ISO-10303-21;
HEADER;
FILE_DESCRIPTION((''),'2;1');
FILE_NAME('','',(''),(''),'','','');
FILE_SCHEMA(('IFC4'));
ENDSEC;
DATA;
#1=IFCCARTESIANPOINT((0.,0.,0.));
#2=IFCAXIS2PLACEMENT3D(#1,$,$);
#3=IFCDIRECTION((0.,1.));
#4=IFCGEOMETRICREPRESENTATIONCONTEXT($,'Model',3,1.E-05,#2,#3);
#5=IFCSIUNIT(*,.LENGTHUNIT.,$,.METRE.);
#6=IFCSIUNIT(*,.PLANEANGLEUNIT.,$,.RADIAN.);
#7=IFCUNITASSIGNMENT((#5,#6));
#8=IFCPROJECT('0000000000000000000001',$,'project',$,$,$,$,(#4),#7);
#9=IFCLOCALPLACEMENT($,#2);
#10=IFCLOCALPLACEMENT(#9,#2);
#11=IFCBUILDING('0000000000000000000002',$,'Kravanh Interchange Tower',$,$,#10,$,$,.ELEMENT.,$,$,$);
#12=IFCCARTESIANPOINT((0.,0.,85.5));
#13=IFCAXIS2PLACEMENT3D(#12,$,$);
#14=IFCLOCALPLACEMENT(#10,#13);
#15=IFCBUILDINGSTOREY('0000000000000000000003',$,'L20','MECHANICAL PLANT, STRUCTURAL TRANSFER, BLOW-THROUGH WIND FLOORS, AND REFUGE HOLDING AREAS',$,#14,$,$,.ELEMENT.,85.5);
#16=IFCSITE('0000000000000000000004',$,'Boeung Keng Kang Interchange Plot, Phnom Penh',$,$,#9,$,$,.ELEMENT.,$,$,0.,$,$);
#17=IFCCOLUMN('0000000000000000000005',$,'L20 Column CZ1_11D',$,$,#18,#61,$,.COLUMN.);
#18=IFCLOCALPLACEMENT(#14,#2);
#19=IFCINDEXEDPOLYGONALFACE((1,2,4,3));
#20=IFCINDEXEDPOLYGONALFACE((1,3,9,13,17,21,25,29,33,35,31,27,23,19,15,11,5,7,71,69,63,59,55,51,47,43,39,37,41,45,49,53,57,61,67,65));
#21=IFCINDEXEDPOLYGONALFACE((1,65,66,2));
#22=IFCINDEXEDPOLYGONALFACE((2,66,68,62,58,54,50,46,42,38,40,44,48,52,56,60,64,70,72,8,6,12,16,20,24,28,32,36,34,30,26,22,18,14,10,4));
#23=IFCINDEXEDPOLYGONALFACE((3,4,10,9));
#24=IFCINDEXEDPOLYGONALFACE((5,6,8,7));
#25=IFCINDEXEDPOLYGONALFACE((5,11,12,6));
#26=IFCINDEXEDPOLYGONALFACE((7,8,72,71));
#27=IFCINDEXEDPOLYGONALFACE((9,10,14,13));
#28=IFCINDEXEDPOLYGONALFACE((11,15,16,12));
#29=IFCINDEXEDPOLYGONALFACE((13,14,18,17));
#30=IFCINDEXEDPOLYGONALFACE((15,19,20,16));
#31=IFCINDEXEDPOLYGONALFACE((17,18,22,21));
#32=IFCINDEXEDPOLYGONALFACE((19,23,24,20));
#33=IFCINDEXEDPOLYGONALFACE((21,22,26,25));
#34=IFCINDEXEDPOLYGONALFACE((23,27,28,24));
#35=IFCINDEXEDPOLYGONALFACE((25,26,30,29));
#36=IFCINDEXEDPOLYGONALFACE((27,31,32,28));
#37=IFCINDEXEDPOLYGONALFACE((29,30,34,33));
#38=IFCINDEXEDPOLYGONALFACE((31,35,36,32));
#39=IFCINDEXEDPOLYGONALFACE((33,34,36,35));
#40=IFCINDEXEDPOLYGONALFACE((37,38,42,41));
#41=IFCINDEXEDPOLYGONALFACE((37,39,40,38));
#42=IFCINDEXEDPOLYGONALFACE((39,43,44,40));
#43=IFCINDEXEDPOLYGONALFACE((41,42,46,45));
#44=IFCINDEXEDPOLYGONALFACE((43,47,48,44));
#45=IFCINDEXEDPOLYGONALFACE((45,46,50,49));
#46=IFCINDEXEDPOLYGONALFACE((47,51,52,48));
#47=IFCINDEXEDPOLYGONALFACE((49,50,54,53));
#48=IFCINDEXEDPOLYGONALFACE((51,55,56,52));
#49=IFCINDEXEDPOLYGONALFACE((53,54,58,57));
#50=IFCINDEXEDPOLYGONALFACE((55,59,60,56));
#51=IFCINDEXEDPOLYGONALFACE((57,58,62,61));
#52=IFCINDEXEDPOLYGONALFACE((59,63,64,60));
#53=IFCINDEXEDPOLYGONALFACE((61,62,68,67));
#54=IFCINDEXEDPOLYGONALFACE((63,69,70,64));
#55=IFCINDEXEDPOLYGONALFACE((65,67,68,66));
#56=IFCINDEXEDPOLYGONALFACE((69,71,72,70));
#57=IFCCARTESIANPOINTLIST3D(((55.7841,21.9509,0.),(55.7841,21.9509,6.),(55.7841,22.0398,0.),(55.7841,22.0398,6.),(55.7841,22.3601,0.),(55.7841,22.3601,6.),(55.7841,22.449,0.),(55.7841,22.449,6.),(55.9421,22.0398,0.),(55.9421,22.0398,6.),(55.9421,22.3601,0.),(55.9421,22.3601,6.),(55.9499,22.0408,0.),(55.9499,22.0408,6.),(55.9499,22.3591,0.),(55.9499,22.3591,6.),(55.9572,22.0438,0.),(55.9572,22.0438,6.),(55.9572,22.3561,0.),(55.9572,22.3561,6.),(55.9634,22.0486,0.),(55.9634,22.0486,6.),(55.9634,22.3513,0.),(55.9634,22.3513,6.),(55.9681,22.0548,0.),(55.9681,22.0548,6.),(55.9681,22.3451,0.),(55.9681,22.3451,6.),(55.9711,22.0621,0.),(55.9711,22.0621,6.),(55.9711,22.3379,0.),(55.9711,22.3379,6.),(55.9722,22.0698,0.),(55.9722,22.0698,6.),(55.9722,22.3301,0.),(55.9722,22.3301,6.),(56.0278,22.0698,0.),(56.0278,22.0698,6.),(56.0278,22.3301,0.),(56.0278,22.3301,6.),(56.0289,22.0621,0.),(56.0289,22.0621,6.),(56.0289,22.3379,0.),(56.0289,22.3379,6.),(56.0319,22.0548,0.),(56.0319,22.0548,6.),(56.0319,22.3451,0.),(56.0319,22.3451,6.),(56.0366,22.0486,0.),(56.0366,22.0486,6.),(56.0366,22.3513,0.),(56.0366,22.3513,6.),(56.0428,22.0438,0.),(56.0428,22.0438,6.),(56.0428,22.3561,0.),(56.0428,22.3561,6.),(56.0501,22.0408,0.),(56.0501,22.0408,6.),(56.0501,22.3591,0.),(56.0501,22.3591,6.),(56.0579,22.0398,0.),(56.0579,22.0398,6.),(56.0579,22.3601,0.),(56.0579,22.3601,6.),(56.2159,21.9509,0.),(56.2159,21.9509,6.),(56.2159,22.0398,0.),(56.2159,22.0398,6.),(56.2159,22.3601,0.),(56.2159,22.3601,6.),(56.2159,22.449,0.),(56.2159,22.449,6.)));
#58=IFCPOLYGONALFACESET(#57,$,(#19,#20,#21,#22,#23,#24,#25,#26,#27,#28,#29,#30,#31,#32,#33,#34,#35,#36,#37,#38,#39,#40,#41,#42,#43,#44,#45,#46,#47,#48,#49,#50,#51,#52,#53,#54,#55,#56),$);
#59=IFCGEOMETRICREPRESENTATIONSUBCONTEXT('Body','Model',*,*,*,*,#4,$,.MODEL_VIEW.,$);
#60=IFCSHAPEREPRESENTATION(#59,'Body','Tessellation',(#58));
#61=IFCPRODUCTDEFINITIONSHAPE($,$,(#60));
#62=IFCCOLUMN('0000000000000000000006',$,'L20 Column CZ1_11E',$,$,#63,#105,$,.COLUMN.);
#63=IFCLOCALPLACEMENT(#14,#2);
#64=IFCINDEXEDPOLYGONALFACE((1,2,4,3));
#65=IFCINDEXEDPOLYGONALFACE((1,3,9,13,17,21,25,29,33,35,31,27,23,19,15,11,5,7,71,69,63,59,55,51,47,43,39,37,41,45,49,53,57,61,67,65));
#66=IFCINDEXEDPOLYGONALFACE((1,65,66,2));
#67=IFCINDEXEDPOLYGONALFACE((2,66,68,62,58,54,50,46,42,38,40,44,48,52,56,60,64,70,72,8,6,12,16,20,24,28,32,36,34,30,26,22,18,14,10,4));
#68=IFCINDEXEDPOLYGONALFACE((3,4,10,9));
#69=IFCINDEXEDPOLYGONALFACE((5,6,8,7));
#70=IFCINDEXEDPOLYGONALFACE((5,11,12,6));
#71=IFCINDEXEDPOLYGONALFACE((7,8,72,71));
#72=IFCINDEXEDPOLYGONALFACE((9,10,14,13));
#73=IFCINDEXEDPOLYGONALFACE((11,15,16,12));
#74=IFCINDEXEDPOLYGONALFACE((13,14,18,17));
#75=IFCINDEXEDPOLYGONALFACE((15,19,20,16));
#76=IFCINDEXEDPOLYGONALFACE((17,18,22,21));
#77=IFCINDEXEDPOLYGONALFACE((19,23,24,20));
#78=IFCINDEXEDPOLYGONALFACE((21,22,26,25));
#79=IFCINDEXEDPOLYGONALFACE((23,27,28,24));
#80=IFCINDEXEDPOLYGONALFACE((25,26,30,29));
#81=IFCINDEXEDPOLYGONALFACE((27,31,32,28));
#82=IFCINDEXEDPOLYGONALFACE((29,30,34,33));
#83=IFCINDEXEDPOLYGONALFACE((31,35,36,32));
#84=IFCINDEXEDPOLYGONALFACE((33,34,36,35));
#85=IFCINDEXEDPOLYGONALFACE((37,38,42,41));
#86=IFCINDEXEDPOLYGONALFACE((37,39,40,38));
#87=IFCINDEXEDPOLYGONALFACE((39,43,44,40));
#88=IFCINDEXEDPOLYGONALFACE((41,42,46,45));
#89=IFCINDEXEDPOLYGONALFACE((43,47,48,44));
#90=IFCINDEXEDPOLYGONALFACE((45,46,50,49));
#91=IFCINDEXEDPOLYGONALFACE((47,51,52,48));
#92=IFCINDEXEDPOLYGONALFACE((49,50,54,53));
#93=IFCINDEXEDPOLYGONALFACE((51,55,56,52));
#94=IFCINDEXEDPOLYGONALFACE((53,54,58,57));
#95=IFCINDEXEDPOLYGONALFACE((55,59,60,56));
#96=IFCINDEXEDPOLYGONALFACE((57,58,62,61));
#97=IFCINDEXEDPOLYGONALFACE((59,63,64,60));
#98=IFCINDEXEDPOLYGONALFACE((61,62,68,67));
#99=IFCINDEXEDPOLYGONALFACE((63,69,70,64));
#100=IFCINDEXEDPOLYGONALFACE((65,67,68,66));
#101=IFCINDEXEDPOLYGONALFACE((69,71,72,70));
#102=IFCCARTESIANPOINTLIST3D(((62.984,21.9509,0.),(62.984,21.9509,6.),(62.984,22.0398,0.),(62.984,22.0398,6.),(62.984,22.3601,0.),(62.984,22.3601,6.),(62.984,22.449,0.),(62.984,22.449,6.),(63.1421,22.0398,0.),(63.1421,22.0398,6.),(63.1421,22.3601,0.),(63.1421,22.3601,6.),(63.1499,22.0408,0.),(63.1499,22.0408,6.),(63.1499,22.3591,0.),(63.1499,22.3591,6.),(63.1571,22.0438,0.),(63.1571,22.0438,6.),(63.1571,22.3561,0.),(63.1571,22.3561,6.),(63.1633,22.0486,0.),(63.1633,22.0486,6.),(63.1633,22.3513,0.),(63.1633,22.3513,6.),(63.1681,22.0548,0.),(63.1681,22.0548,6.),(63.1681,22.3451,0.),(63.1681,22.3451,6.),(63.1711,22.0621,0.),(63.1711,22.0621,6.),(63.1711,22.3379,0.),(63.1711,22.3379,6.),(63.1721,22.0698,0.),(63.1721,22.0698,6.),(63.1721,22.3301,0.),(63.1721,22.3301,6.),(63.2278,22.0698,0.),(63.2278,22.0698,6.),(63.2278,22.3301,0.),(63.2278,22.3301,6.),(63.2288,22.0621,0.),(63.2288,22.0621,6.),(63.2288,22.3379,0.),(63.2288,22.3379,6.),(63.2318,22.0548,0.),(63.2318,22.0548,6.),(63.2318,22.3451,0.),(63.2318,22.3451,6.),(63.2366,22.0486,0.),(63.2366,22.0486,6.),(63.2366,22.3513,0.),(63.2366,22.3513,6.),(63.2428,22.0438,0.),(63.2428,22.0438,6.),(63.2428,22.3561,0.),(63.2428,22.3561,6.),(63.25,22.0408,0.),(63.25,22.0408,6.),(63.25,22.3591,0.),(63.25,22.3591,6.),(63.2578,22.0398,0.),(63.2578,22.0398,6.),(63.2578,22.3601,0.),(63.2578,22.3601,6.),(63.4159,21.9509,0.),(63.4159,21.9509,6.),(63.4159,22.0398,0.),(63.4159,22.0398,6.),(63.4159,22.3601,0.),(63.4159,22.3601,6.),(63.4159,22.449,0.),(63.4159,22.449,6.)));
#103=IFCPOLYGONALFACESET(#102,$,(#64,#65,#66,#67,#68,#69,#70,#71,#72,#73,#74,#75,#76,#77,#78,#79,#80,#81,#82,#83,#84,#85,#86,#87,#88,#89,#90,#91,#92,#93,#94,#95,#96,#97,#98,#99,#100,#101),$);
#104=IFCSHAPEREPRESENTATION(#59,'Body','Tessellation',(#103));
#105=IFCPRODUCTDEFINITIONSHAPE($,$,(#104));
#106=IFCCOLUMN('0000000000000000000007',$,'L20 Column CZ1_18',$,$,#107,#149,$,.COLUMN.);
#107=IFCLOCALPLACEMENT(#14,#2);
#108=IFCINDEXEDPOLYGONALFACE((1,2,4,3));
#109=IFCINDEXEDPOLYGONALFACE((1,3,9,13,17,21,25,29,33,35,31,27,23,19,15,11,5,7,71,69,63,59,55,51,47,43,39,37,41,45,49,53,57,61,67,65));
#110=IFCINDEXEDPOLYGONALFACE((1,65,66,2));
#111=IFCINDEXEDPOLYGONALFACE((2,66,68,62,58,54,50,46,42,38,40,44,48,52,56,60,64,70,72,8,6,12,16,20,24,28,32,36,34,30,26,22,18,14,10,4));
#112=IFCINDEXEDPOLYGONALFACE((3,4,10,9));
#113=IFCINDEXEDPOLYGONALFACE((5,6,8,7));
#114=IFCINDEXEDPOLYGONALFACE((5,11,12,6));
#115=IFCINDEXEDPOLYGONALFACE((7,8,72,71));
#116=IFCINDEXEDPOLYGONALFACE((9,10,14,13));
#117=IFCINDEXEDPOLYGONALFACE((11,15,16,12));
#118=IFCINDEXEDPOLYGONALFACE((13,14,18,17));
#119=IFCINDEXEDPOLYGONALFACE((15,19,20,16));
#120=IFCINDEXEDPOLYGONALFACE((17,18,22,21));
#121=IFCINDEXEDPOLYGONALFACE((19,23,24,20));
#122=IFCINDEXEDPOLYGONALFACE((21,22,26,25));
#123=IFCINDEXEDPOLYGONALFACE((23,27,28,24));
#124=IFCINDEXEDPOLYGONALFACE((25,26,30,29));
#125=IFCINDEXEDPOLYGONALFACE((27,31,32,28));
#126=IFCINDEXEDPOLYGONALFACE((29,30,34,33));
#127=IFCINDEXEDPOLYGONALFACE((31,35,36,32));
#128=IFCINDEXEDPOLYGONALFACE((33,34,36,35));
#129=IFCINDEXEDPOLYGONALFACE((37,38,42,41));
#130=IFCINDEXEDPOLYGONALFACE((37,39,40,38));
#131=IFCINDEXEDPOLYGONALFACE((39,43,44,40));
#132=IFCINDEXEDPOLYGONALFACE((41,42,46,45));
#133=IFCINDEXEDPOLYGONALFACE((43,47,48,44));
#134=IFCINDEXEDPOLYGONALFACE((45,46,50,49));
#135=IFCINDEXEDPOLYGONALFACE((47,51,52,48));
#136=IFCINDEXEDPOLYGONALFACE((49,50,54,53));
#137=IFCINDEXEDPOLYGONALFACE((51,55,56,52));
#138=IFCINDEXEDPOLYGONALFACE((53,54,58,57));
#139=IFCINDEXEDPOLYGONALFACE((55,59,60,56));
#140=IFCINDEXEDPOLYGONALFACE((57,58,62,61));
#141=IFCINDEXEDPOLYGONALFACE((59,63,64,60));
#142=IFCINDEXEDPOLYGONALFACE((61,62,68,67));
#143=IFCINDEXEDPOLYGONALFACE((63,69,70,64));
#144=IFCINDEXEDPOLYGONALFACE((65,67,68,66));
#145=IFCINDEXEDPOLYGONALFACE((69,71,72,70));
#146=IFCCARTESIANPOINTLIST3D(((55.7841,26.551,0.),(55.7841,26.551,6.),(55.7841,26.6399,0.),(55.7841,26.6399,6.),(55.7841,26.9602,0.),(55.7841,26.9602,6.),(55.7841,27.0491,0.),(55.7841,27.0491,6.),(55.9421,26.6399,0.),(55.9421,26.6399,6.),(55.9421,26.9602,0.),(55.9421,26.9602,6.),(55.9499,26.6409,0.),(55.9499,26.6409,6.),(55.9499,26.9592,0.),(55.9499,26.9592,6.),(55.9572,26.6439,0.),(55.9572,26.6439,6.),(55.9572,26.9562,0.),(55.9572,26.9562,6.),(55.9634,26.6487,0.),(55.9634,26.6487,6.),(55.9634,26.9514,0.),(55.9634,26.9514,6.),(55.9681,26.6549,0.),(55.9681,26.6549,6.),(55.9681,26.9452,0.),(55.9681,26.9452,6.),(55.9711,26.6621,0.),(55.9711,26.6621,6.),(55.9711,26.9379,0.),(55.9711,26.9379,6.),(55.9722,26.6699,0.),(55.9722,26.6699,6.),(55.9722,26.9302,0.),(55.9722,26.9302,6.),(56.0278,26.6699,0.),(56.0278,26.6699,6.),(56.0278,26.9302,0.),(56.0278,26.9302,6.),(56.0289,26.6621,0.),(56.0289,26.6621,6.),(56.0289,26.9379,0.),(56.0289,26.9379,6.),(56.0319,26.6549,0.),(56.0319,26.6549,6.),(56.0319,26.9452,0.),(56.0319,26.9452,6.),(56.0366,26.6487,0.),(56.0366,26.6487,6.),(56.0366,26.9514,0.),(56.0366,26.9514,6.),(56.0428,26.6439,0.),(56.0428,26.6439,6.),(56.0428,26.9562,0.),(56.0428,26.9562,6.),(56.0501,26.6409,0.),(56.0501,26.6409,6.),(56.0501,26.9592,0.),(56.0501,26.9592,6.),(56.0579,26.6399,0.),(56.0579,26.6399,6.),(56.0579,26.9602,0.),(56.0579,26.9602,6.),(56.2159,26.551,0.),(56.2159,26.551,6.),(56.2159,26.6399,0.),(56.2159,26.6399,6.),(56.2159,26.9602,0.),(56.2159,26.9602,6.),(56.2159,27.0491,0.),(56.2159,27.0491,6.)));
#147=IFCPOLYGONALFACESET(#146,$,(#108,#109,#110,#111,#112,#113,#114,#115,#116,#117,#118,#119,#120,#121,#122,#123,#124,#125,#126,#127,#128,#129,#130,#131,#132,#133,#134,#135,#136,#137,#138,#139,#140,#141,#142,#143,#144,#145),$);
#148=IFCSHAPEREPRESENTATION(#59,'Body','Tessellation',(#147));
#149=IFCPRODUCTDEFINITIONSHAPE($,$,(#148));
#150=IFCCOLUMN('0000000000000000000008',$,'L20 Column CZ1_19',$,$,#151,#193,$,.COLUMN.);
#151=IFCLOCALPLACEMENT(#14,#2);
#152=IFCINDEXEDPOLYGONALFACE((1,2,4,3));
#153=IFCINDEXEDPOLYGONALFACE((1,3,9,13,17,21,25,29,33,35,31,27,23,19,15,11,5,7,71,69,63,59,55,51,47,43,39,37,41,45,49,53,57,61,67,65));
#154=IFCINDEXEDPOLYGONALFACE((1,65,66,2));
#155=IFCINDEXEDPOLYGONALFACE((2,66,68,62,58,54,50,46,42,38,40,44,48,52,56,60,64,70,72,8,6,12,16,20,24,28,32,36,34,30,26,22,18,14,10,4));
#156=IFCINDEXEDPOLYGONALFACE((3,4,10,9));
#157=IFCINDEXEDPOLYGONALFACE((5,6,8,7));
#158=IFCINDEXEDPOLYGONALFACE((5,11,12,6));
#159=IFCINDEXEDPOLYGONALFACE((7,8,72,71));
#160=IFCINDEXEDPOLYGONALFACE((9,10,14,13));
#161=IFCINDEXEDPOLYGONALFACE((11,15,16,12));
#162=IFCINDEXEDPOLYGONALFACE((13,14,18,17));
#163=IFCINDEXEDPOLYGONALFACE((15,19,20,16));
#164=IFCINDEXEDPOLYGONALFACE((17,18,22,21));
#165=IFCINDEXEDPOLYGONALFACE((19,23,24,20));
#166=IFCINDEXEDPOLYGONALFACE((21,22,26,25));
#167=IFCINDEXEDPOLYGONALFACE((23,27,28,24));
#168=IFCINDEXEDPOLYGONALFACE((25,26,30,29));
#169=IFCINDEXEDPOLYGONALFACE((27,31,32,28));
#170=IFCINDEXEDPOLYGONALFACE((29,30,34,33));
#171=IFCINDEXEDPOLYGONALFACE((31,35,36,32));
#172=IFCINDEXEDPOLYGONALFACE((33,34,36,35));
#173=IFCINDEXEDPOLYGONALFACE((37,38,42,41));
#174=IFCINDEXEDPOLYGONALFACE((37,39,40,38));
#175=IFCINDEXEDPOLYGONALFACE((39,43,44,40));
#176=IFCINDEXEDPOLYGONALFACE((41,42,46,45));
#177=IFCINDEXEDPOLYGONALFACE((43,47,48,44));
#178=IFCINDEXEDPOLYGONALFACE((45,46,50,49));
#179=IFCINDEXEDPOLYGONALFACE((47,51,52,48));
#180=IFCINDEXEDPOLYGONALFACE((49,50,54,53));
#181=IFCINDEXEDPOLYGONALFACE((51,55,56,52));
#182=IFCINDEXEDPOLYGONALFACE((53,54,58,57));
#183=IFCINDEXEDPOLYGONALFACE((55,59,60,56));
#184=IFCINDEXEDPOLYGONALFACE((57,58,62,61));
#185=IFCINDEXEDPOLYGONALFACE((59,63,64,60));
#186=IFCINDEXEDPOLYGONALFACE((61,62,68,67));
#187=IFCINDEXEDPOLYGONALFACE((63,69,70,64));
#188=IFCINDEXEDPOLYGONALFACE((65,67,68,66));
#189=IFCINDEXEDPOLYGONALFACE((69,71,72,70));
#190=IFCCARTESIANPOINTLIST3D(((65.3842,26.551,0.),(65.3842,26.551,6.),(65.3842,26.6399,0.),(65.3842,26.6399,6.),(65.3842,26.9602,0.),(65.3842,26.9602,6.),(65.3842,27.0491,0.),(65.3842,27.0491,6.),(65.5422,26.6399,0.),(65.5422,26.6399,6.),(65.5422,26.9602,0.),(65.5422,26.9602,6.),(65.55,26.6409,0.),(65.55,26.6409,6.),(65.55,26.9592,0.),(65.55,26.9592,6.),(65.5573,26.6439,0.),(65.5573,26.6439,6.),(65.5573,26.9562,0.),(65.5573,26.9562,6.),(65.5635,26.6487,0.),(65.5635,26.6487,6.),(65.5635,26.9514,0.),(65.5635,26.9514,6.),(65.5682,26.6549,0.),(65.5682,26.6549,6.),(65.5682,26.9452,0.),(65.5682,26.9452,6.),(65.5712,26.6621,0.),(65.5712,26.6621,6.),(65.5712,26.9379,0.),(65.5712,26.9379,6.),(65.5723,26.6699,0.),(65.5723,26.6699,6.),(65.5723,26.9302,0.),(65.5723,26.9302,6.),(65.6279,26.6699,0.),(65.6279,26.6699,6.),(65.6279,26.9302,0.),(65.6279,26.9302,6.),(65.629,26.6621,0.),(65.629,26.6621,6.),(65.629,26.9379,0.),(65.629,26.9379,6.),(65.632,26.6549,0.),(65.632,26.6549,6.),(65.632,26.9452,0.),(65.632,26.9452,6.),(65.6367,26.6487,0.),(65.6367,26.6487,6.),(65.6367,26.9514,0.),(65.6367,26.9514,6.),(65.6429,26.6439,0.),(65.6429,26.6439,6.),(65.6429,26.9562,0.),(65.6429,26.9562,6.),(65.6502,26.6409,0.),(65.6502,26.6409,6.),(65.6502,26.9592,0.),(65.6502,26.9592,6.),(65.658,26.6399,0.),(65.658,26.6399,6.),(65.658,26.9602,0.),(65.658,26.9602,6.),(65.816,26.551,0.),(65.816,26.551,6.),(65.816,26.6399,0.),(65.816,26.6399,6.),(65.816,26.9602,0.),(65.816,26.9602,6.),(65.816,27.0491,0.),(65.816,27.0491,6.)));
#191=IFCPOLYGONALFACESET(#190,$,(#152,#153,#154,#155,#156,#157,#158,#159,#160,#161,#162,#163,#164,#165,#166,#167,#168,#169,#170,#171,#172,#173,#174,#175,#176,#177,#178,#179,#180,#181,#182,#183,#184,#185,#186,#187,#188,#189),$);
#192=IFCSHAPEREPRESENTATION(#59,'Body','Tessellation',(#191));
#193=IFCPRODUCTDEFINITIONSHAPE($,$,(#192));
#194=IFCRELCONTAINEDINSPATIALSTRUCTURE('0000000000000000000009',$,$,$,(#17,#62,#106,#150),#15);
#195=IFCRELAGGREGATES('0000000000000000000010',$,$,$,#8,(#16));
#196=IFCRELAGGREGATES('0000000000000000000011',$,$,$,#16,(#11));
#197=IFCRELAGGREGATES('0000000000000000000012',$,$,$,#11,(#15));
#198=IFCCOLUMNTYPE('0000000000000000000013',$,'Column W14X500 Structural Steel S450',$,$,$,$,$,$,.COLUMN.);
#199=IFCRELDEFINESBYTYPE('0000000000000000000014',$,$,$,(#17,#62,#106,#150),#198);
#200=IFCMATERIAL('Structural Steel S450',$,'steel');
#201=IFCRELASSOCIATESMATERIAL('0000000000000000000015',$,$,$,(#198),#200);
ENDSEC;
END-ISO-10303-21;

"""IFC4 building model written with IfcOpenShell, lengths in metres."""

from ifc_helpers import new_model, si_unit, direction, frame, origin, origin_2d, place, context, subcontext, project, spatial, i_section, extrude, material, material_profile, profile_set, type_object, element, save


model = new_model("IFC4")

# Units and contexts
model_context = context("Model", 3, precision=1e-05, world=origin(), true_north=direction((0.0, 1.0)))
body_context = subcontext(model_context, "Body", "Model", "MODEL_VIEW")
ifc_project = project(units=[si_unit("LENGTHUNIT", "METRE"), si_unit("PLANEANGLEUNIT", "RADIAN")], contexts=[model_context])

# Site, building, storey
site_placement = place(None, origin())
site = spatial("IfcSite", under=ifc_project, at=site_placement, Name="Boeung Keng Kang Interchange Plot, Phnom Penh", CompositionType="ELEMENT", RefElevation=0.0)
building_placement = place(site_placement, origin())
building = spatial("IfcBuilding", under=site, at=building_placement, Name="Kravanh Interchange Tower", CompositionType="ELEMENT")
storey_placement = place(building_placement, frame((0.0, 0.0, 85.5)))
storey = spatial("IfcBuildingStorey", under=building, at=storey_placement, Name="L20", Description="MECHANICAL PLANT, STRUCTURAL TRANSFER, BLOW-THROUGH WIND FLOORS, AND REFUGE HOLDING AREAS", CompositionType="ELEMENT", Elevation=85.5)

# Columns
ifc_material_1 = material(Name="Structural Steel S450", Category="steel")
ifc_material_profile_1 = material_profile(ifc_material_1, i_section(OverallWidth=0.4319, OverallDepth=0.498, WebThickness=0.0557, FlangeThickness=0.0889, FilletRadius=0.03, at=origin_2d()), Name="W14X500")
ifc_profile_set_1 = profile_set([ifc_material_profile_1], Name="Structural Steel S450")
column_type = type_object("IfcColumnType", Name="Column W14X500 Structural Steel S450", PredefinedType="COLUMN", material=ifc_profile_set_1)
for number, where, z_axis, x_axis, name in (
    (1, (56.0, 22.2, 0.0), (0.0, 0.0, 1.0), (1.0, 0.0, 0.0), "L20 Column CZ1_11D"),
    (2, (63.2, 22.2, 0.0), (0.0, 0.0, 1.0), (1.0, 0.0, 0.0), "L20 Column CZ1_11E"),
    (3, (56.0, 26.8, 0.0), (0.0, 0.0, 1.0), (1.0, 0.0, 0.0), "L20 Column CZ1_18"),
    (4, (65.6001, 26.8, 0.0), (0.0, 0.0, 1.0), (1.0, 0.0, 0.0), "L20 Column CZ1_19"),
):
    element("IfcColumn", number, at=place(storey_placement, frame(where, z_axis=z_axis, x_axis=x_axis)), inside=storey, type_object=column_type, Name=name, PredefinedType="COLUMN", context=body_context, shape_type="SweptSolid", body=[
        extrude(i_section(OverallWidth=0.4319, OverallDepth=0.498, WebThickness=0.0557, FlangeThickness=0.0889, FilletRadius=0.03, at=origin_2d()), origin(), (0.0, 0.0, 1.0), 6.0),
    ])

save(model, "model.ifc")
